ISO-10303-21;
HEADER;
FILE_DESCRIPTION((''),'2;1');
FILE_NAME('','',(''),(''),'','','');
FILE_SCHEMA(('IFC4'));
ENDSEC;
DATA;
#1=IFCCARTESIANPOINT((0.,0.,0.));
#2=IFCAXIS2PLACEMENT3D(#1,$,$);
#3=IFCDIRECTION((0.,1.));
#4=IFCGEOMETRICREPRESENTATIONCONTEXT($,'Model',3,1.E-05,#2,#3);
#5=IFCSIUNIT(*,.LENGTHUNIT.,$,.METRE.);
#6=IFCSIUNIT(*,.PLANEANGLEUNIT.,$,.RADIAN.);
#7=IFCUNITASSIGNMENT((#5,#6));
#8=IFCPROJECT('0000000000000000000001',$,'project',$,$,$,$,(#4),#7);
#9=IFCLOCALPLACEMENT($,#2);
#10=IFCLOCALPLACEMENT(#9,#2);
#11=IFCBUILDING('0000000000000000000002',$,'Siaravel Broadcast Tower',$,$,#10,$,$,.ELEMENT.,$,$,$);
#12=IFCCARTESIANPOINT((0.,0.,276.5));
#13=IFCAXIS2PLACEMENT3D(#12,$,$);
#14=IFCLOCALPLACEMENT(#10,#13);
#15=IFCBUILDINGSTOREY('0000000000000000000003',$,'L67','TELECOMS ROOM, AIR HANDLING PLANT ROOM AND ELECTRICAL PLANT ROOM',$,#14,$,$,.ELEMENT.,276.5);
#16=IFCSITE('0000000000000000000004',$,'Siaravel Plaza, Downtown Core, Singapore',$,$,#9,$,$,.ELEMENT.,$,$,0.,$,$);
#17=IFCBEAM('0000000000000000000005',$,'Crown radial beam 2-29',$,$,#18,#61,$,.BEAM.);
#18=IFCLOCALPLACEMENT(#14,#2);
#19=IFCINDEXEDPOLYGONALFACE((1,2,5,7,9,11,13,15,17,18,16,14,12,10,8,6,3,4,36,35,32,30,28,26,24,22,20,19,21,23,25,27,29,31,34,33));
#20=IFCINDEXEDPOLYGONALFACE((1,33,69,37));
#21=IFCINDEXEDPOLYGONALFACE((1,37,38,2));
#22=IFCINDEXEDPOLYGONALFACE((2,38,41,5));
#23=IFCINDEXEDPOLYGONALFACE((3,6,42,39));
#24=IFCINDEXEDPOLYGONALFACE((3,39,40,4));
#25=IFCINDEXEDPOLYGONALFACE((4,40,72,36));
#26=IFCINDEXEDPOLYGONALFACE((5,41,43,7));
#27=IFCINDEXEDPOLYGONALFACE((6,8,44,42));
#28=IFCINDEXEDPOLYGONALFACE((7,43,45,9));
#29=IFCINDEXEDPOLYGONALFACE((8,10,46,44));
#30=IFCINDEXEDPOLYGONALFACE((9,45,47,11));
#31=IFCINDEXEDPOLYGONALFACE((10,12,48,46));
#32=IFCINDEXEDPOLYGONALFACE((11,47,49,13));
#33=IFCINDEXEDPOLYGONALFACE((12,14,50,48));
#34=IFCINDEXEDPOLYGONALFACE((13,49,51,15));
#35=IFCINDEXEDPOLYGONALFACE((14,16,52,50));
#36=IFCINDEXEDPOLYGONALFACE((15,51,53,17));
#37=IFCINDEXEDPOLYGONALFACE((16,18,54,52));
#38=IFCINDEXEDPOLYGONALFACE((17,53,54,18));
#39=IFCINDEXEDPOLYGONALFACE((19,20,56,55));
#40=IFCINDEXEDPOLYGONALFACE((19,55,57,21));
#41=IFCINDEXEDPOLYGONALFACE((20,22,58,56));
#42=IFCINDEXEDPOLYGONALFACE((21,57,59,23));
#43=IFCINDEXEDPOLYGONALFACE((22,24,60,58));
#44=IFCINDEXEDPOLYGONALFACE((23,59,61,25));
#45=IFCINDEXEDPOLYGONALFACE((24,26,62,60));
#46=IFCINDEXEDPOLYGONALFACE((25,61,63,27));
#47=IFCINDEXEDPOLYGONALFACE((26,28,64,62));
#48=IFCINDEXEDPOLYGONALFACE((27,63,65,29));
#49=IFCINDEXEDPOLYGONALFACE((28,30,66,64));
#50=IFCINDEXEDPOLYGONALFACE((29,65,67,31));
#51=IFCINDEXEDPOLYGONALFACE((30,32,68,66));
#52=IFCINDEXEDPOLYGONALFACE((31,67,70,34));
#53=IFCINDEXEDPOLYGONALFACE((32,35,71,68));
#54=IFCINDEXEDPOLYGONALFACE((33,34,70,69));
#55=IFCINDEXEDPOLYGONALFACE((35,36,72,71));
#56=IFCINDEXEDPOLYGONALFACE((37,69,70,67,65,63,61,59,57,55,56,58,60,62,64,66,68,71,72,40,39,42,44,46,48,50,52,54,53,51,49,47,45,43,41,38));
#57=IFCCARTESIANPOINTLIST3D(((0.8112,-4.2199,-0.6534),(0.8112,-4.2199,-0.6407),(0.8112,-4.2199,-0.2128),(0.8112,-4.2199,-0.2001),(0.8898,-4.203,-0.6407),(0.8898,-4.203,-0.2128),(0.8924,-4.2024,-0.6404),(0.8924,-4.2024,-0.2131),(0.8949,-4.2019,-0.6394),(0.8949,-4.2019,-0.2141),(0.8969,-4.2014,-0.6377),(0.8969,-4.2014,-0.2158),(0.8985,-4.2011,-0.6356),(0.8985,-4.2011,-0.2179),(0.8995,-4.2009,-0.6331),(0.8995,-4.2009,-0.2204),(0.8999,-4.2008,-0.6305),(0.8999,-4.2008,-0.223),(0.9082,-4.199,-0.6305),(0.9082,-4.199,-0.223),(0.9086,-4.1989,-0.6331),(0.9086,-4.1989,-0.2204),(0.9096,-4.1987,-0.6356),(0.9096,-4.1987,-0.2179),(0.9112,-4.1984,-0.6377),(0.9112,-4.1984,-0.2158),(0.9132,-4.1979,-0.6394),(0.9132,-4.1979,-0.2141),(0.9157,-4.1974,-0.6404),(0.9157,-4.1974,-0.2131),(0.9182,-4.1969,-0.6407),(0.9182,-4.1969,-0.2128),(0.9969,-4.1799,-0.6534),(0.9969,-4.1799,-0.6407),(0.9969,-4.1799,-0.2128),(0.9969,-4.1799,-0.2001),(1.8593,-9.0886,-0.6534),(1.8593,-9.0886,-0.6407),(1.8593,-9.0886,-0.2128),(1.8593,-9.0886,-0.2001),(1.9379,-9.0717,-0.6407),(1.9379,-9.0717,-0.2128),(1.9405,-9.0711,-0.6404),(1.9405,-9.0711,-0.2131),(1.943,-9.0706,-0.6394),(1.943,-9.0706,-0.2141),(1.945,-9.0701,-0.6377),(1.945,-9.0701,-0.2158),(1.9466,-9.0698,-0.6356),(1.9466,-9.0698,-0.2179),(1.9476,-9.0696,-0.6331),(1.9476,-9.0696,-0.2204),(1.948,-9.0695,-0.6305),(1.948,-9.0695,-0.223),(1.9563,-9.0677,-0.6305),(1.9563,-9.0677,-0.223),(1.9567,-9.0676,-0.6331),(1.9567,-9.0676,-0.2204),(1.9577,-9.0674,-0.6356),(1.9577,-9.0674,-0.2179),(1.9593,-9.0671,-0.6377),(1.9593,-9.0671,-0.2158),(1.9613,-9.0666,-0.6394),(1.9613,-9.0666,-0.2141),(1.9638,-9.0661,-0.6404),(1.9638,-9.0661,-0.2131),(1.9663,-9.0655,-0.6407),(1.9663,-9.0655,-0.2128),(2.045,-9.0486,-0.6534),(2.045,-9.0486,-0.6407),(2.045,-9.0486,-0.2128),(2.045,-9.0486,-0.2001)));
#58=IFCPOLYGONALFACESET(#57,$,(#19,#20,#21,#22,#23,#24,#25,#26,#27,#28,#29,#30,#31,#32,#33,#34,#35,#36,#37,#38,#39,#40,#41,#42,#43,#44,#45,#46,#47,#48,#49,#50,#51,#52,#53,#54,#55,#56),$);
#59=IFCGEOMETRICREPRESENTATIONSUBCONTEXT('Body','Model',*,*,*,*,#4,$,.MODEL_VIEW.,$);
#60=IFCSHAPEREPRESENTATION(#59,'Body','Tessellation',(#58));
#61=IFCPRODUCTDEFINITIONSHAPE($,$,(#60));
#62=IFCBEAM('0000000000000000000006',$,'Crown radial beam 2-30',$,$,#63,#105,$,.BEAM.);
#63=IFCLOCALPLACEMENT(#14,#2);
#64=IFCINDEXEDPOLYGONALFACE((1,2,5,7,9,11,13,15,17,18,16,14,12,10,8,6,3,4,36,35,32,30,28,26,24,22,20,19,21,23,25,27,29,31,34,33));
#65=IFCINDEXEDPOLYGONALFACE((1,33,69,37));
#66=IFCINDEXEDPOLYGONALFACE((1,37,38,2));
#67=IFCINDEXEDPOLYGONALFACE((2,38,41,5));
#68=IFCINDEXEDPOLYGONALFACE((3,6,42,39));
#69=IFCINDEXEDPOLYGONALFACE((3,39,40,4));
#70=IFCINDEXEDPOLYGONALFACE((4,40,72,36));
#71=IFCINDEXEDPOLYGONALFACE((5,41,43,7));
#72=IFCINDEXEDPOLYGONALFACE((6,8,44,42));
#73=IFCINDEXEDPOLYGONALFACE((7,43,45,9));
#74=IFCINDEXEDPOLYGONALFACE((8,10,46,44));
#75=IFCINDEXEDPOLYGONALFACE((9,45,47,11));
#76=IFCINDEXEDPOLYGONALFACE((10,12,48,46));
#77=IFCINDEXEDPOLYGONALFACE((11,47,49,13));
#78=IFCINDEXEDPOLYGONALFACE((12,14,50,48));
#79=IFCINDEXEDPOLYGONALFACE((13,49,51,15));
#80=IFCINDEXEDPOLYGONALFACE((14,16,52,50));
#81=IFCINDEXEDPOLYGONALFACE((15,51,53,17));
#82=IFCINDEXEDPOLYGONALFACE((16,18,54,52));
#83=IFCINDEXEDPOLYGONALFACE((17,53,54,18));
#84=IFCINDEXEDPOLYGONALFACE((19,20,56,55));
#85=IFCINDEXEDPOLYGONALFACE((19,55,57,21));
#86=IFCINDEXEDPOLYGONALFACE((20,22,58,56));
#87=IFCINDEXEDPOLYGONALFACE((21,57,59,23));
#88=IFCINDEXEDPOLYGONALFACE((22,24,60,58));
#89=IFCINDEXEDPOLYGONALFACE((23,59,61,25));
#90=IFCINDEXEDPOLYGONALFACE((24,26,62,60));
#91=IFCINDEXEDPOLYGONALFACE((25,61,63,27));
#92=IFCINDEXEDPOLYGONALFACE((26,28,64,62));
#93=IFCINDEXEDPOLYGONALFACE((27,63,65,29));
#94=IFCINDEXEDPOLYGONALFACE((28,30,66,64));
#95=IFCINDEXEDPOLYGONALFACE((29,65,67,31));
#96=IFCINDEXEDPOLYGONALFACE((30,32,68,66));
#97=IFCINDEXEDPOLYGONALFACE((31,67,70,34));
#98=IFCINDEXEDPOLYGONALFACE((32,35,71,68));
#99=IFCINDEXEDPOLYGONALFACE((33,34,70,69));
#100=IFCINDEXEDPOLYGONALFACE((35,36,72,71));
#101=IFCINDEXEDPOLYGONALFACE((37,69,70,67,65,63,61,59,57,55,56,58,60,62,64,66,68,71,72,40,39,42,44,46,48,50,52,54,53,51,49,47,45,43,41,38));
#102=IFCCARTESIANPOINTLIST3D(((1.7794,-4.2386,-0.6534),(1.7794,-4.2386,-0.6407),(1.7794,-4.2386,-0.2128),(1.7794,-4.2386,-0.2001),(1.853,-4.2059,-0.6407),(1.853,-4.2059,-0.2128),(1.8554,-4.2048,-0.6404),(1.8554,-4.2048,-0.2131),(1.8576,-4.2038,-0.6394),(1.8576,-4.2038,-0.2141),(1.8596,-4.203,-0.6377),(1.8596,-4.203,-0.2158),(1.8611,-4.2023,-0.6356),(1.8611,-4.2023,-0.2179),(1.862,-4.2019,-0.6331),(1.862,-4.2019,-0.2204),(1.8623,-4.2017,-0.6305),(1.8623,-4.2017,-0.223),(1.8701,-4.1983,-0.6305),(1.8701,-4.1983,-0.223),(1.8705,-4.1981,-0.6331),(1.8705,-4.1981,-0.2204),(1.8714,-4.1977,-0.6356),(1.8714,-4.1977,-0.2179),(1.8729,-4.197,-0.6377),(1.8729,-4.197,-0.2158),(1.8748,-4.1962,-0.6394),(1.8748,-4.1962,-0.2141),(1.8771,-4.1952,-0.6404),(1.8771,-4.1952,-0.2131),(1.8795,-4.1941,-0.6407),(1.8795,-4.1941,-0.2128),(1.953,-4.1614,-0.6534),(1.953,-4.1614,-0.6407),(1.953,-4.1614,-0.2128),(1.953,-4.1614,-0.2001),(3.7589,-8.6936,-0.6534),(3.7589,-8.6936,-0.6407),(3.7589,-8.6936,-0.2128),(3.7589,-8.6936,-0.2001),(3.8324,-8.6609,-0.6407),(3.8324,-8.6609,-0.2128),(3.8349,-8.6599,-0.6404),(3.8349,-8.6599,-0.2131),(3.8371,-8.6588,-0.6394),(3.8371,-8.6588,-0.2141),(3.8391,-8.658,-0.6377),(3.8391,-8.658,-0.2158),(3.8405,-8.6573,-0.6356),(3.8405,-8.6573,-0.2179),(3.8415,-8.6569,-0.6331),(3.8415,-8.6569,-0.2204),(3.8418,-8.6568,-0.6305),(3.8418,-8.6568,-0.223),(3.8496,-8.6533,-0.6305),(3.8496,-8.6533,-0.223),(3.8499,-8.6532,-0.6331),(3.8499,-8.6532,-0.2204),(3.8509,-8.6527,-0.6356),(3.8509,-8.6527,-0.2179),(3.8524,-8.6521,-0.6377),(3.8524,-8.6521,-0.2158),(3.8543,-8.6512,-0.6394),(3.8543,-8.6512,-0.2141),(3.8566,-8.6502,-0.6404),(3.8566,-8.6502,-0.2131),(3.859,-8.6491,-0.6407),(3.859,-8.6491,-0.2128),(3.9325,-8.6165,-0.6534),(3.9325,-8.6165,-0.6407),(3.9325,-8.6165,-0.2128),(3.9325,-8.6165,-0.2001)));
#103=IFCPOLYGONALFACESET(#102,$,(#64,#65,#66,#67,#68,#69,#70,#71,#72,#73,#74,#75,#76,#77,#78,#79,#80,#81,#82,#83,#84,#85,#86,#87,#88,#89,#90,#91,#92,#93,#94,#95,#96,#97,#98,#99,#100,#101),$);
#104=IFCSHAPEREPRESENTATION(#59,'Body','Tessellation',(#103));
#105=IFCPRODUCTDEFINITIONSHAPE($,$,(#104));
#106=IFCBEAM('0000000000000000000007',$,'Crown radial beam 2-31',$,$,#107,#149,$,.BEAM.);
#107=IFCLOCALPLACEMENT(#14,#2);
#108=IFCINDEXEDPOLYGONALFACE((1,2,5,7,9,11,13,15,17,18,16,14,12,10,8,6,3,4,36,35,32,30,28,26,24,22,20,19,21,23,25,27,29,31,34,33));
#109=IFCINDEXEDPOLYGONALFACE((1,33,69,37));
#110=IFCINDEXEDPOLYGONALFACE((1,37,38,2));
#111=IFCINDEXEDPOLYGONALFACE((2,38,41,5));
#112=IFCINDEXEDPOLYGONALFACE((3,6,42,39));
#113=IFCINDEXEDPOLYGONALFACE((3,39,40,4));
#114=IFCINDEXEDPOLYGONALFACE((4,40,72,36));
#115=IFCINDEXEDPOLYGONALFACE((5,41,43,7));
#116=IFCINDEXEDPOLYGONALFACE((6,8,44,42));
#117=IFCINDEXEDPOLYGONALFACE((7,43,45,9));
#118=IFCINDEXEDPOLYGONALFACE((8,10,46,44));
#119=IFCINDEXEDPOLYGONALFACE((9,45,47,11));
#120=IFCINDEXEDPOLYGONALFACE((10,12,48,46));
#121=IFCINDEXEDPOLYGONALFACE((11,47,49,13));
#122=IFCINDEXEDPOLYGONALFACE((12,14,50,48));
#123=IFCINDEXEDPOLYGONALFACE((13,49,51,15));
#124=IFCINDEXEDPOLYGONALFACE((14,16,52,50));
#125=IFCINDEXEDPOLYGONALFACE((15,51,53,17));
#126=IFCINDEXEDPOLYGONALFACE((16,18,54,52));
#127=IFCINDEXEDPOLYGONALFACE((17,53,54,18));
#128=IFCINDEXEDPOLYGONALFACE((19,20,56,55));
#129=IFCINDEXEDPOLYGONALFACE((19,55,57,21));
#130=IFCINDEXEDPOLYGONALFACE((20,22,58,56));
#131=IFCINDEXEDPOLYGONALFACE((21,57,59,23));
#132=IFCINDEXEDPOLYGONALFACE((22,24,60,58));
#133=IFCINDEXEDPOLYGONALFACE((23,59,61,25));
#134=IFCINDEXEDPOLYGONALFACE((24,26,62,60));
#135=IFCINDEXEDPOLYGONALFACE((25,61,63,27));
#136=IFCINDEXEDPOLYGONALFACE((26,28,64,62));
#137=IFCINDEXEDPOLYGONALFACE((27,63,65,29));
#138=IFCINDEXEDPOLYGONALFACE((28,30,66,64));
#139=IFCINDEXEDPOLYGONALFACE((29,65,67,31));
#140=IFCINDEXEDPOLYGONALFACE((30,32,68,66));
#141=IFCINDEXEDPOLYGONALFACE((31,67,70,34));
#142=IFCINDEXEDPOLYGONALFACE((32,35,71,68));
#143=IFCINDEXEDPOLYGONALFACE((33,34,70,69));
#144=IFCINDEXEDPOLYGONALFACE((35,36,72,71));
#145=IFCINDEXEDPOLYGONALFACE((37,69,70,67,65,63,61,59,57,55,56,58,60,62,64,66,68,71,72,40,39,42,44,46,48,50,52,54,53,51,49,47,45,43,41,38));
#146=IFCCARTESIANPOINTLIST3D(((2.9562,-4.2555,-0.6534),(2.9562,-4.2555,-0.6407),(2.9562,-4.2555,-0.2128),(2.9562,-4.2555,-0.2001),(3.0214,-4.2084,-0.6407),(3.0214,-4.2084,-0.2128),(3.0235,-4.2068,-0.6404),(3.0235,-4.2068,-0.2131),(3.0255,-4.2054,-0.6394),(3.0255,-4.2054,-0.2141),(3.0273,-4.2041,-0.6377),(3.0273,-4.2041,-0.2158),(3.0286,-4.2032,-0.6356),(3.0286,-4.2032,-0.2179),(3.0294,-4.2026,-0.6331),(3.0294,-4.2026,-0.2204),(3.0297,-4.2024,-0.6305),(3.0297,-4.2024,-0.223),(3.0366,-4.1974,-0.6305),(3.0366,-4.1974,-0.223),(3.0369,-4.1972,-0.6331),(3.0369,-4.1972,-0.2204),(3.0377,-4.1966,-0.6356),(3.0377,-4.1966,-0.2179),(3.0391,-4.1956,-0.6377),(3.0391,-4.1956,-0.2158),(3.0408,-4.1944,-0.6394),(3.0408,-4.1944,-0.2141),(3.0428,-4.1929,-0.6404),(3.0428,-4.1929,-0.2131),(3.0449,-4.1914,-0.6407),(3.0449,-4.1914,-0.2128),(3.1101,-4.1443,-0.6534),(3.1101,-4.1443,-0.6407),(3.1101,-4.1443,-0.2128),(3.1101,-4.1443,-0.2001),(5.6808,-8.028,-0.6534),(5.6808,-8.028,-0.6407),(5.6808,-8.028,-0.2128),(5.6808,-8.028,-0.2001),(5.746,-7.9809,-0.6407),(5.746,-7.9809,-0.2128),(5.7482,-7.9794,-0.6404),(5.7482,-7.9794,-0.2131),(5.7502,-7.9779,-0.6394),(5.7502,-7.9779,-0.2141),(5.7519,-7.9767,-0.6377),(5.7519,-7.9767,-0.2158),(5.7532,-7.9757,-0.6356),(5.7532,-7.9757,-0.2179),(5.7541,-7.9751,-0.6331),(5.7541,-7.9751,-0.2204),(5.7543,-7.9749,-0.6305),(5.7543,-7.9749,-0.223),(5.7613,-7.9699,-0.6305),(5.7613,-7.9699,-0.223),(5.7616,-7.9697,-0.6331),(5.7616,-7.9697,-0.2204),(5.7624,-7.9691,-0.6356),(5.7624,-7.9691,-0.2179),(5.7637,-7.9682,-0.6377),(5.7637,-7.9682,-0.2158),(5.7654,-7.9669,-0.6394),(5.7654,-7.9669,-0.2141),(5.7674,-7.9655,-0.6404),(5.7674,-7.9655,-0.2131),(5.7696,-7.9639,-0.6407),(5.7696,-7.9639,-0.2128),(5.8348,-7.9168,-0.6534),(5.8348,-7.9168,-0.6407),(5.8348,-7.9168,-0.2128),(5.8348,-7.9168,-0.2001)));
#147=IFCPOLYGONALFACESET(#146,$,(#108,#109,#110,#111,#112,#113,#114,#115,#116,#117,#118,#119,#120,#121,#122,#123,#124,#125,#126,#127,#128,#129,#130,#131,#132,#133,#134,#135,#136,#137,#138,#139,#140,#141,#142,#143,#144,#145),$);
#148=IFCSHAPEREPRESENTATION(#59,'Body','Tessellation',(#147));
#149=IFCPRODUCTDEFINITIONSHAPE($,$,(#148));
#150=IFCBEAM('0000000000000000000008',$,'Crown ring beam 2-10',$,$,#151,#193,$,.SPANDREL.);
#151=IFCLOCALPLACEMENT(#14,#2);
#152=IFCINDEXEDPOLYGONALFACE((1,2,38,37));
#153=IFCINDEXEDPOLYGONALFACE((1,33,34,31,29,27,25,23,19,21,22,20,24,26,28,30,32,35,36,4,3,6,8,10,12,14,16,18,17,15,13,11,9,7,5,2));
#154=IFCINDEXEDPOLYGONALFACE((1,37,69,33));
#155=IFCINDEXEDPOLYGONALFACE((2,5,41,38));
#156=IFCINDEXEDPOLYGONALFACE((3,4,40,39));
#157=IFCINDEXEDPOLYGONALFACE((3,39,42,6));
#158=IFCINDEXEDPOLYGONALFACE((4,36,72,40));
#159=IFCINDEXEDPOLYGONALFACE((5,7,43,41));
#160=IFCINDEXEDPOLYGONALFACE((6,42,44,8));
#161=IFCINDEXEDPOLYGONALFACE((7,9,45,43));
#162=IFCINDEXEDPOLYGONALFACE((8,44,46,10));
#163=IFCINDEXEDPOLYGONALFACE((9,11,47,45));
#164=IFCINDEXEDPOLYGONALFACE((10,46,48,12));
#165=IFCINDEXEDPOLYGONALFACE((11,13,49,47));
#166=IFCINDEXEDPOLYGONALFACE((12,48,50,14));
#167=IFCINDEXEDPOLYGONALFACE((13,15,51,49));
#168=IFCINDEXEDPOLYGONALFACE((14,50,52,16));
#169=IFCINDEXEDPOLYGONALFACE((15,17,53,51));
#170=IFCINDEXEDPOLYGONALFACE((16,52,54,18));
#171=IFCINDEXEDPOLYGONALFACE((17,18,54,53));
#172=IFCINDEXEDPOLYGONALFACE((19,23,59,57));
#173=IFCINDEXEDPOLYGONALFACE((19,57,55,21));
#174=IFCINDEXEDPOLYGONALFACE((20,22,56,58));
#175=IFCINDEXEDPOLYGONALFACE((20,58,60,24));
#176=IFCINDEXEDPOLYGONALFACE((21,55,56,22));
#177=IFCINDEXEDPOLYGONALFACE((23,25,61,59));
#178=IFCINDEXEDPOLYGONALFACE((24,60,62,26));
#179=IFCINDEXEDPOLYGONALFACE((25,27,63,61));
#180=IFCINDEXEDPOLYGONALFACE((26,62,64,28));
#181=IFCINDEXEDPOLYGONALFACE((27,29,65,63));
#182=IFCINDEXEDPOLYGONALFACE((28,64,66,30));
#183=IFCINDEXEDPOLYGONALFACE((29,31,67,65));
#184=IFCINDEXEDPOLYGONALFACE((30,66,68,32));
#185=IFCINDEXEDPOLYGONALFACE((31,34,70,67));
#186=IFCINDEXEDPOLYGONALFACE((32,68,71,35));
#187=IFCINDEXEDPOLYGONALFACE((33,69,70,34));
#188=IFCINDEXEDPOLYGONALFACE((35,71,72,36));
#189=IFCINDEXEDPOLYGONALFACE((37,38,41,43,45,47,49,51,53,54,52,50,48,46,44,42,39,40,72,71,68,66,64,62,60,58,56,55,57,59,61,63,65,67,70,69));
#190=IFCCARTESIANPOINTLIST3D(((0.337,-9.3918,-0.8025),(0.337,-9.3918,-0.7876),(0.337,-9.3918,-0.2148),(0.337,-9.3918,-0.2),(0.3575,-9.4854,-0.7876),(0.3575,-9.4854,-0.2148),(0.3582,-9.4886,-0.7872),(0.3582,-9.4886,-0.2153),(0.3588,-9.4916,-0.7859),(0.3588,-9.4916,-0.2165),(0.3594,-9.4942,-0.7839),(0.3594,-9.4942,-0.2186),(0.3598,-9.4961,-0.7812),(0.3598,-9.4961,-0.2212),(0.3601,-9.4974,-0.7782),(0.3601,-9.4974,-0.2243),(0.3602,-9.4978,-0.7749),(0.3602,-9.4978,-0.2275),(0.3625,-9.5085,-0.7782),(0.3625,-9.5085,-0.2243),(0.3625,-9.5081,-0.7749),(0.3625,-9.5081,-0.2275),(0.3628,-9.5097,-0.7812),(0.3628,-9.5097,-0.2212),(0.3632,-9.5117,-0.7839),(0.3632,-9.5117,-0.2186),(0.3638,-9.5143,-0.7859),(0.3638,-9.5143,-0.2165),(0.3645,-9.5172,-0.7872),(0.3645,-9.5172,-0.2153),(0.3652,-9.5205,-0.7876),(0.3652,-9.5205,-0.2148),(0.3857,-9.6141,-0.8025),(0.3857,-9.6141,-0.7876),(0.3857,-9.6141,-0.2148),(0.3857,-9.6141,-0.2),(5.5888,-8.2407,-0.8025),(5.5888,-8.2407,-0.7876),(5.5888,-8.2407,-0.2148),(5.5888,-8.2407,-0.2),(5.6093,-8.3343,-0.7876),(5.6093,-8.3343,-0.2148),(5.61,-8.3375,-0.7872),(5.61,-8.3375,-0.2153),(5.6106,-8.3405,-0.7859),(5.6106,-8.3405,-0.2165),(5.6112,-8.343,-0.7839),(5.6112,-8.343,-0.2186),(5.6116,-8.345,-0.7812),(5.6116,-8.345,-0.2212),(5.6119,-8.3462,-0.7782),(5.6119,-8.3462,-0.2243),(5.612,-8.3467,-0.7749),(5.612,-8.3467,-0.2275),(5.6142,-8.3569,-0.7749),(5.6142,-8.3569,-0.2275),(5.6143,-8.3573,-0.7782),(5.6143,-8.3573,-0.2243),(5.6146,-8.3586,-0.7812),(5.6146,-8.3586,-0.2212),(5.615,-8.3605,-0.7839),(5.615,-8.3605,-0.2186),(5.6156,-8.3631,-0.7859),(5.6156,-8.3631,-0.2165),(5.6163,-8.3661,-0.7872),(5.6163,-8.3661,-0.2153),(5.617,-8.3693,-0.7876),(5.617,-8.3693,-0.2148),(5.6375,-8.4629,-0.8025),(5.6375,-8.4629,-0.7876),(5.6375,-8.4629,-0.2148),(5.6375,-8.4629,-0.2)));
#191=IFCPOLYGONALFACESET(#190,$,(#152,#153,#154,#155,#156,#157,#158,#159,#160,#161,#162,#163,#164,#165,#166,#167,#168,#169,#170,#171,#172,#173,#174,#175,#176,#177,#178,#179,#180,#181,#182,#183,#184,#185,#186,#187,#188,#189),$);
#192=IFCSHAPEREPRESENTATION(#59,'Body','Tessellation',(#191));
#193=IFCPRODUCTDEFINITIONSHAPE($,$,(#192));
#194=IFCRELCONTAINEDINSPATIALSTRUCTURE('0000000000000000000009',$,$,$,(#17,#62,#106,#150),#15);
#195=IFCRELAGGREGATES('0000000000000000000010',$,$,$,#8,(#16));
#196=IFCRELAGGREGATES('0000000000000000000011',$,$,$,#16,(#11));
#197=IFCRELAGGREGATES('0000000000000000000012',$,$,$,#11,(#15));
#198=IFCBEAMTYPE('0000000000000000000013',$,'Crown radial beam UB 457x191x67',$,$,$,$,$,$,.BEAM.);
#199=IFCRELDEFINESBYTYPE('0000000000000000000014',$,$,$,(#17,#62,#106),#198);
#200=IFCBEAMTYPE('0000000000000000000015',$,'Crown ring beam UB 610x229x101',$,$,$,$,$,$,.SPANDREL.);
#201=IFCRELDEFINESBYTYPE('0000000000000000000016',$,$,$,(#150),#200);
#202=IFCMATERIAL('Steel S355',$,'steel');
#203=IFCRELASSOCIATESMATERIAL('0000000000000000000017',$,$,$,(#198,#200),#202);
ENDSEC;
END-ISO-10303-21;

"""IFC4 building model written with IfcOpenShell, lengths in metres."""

from ifc_helpers import new_model, si_unit, direction, frame, origin, origin_2d, place, context, subcontext, project, spatial, i_section, extrude, material, material_profile, profile_set, type_object, element, save


model = new_model("IFC4")

# Units and contexts
model_context = context("Model", 3, precision=1e-05, world=origin(), true_north=direction((0.0, 1.0)))
body_context = subcontext(model_context, "Body", "Model", "MODEL_VIEW")
ifc_project = project(units=[si_unit("LENGTHUNIT", "METRE"), si_unit("PLANEANGLEUNIT", "RADIAN")], contexts=[model_context])

# Site, building, storey
site_placement = place(None, origin())
site = spatial("IfcSite", under=ifc_project, at=site_placement, Name="Siaravel Plaza, Downtown Core, Singapore", CompositionType="ELEMENT", RefElevation=0.0)
building_placement = place(site_placement, origin())
building = spatial("IfcBuilding", under=site, at=building_placement, Name="Siaravel Broadcast Tower", CompositionType="ELEMENT")
storey_placement = place(building_placement, frame((0.0, 0.0, 276.5)))
storey = spatial("IfcBuildingStorey", under=building, at=storey_placement, Name="L67", Description="TELECOMS ROOM, AIR HANDLING PLANT ROOM AND ELECTRICAL PLANT ROOM", CompositionType="ELEMENT", Elevation=276.5)

# Beams
ifc_material_1 = material(Name="Steel S355", Category="steel")
ifc_material_profile_1 = material_profile(ifc_material_1, i_section(OverallWidth=0.1899, OverallDepth=0.4534, WebThickness=0.0085, FlangeThickness=0.0127, FilletRadius=0.0103, at=origin_2d()))
ifc_profile_set_1 = profile_set([ifc_material_profile_1], Name="Steel S355")
beam_type_1 = type_object("IfcBeamType", Name="Crown radial beam UB 457x191x67", PredefinedType="BEAM", material=ifc_profile_set_1)
beam_1_placement = place(storey_placement, frame((1.9521, -9.0686, -0.4268), z_axis=(-0.210453, 0.977604, 0.0), x_axis=(-0.977604, -0.210453, 0.0)))
element("IfcBeam", 1, at=beam_1_placement, inside=storey, type_object=beam_type_1, Name="Crown radial beam 2-29", PredefinedType="BEAM", context=body_context, shape_type="SweptSolid", body=[
    extrude(i_section(OverallWidth=0.1899, OverallDepth=0.4534, WebThickness=0.0085, FlangeThickness=0.0127, FilletRadius=0.0103, at=origin_2d()), origin(), (0.0, 0.0, 1.0), 4.9802),
])
beam_2_placement = place(storey_placement, frame((3.8457, -8.655, -0.4268), z_axis=(-0.406046, 0.913853, 0.0), x_axis=(-0.913853, -0.406046, 0.0)))
element("IfcBeam", 2, at=beam_2_placement, inside=storey, type_object=beam_type_1, Name="Crown radial beam 2-30", PredefinedType="BEAM", context=body_context, shape_type="SweptSolid", body=[
    extrude(i_section(OverallWidth=0.1899, OverallDepth=0.4534, WebThickness=0.0085, FlangeThickness=0.0127, FilletRadius=0.0103, at=origin_2d()), origin(), (0.0, 0.0, 1.0), 4.875),
])
beam_3_placement = place(storey_placement, frame((5.7578, -7.9724, -0.4268), z_axis=(-0.585498, 0.810674, 0.0), x_axis=(-0.810674, -0.585498, 0.0)))
element("IfcBeam", 3, at=beam_3_placement, inside=storey, type_object=beam_type_1, Name="Crown radial beam 2-31", PredefinedType="BEAM", context=body_context, shape_type="SweptSolid", body=[
    extrude(i_section(OverallWidth=0.1899, OverallDepth=0.4534, WebThickness=0.0085, FlangeThickness=0.0127, FilletRadius=0.0103, at=origin_2d()), origin(), (0.0, 0.0, 1.0), 4.6536),
])
ifc_material_profile_2 = material_profile(ifc_material_1, i_section(OverallWidth=0.2275, OverallDepth=0.6025, WebThickness=0.0105, FlangeThickness=0.0149, FilletRadius=0.0127, at=origin_2d()))
ifc_profile_set_2 = profile_set([ifc_material_profile_2], Name="Steel S355")
beam_type_2 = type_object("IfcBeamType", Name="Crown ring beam UB 610x229x101", PredefinedType="SPANDREL", material=ifc_profile_set_2)
beam_4_placement = place(storey_placement, frame((0.3613, -9.5029, -0.5012), z_axis=(0.97681, 0.214107, 0.0), x_axis=(-0.214107, 0.97681, 0.0)))
element("IfcBeam", 4, at=beam_4_placement, inside=storey, type_object=beam_type_2, Name="Crown ring beam 2-10", PredefinedType="SPANDREL", context=body_context, shape_type="SweptSolid", body=[
    extrude(i_section(OverallWidth=0.2275, OverallDepth=0.6025, WebThickness=0.0105, FlangeThickness=0.0149, FilletRadius=0.0127, at=origin_2d()), origin(), (0.0, 0.0, 1.0), 5.3765),
])

save(model, "model.ifc")
